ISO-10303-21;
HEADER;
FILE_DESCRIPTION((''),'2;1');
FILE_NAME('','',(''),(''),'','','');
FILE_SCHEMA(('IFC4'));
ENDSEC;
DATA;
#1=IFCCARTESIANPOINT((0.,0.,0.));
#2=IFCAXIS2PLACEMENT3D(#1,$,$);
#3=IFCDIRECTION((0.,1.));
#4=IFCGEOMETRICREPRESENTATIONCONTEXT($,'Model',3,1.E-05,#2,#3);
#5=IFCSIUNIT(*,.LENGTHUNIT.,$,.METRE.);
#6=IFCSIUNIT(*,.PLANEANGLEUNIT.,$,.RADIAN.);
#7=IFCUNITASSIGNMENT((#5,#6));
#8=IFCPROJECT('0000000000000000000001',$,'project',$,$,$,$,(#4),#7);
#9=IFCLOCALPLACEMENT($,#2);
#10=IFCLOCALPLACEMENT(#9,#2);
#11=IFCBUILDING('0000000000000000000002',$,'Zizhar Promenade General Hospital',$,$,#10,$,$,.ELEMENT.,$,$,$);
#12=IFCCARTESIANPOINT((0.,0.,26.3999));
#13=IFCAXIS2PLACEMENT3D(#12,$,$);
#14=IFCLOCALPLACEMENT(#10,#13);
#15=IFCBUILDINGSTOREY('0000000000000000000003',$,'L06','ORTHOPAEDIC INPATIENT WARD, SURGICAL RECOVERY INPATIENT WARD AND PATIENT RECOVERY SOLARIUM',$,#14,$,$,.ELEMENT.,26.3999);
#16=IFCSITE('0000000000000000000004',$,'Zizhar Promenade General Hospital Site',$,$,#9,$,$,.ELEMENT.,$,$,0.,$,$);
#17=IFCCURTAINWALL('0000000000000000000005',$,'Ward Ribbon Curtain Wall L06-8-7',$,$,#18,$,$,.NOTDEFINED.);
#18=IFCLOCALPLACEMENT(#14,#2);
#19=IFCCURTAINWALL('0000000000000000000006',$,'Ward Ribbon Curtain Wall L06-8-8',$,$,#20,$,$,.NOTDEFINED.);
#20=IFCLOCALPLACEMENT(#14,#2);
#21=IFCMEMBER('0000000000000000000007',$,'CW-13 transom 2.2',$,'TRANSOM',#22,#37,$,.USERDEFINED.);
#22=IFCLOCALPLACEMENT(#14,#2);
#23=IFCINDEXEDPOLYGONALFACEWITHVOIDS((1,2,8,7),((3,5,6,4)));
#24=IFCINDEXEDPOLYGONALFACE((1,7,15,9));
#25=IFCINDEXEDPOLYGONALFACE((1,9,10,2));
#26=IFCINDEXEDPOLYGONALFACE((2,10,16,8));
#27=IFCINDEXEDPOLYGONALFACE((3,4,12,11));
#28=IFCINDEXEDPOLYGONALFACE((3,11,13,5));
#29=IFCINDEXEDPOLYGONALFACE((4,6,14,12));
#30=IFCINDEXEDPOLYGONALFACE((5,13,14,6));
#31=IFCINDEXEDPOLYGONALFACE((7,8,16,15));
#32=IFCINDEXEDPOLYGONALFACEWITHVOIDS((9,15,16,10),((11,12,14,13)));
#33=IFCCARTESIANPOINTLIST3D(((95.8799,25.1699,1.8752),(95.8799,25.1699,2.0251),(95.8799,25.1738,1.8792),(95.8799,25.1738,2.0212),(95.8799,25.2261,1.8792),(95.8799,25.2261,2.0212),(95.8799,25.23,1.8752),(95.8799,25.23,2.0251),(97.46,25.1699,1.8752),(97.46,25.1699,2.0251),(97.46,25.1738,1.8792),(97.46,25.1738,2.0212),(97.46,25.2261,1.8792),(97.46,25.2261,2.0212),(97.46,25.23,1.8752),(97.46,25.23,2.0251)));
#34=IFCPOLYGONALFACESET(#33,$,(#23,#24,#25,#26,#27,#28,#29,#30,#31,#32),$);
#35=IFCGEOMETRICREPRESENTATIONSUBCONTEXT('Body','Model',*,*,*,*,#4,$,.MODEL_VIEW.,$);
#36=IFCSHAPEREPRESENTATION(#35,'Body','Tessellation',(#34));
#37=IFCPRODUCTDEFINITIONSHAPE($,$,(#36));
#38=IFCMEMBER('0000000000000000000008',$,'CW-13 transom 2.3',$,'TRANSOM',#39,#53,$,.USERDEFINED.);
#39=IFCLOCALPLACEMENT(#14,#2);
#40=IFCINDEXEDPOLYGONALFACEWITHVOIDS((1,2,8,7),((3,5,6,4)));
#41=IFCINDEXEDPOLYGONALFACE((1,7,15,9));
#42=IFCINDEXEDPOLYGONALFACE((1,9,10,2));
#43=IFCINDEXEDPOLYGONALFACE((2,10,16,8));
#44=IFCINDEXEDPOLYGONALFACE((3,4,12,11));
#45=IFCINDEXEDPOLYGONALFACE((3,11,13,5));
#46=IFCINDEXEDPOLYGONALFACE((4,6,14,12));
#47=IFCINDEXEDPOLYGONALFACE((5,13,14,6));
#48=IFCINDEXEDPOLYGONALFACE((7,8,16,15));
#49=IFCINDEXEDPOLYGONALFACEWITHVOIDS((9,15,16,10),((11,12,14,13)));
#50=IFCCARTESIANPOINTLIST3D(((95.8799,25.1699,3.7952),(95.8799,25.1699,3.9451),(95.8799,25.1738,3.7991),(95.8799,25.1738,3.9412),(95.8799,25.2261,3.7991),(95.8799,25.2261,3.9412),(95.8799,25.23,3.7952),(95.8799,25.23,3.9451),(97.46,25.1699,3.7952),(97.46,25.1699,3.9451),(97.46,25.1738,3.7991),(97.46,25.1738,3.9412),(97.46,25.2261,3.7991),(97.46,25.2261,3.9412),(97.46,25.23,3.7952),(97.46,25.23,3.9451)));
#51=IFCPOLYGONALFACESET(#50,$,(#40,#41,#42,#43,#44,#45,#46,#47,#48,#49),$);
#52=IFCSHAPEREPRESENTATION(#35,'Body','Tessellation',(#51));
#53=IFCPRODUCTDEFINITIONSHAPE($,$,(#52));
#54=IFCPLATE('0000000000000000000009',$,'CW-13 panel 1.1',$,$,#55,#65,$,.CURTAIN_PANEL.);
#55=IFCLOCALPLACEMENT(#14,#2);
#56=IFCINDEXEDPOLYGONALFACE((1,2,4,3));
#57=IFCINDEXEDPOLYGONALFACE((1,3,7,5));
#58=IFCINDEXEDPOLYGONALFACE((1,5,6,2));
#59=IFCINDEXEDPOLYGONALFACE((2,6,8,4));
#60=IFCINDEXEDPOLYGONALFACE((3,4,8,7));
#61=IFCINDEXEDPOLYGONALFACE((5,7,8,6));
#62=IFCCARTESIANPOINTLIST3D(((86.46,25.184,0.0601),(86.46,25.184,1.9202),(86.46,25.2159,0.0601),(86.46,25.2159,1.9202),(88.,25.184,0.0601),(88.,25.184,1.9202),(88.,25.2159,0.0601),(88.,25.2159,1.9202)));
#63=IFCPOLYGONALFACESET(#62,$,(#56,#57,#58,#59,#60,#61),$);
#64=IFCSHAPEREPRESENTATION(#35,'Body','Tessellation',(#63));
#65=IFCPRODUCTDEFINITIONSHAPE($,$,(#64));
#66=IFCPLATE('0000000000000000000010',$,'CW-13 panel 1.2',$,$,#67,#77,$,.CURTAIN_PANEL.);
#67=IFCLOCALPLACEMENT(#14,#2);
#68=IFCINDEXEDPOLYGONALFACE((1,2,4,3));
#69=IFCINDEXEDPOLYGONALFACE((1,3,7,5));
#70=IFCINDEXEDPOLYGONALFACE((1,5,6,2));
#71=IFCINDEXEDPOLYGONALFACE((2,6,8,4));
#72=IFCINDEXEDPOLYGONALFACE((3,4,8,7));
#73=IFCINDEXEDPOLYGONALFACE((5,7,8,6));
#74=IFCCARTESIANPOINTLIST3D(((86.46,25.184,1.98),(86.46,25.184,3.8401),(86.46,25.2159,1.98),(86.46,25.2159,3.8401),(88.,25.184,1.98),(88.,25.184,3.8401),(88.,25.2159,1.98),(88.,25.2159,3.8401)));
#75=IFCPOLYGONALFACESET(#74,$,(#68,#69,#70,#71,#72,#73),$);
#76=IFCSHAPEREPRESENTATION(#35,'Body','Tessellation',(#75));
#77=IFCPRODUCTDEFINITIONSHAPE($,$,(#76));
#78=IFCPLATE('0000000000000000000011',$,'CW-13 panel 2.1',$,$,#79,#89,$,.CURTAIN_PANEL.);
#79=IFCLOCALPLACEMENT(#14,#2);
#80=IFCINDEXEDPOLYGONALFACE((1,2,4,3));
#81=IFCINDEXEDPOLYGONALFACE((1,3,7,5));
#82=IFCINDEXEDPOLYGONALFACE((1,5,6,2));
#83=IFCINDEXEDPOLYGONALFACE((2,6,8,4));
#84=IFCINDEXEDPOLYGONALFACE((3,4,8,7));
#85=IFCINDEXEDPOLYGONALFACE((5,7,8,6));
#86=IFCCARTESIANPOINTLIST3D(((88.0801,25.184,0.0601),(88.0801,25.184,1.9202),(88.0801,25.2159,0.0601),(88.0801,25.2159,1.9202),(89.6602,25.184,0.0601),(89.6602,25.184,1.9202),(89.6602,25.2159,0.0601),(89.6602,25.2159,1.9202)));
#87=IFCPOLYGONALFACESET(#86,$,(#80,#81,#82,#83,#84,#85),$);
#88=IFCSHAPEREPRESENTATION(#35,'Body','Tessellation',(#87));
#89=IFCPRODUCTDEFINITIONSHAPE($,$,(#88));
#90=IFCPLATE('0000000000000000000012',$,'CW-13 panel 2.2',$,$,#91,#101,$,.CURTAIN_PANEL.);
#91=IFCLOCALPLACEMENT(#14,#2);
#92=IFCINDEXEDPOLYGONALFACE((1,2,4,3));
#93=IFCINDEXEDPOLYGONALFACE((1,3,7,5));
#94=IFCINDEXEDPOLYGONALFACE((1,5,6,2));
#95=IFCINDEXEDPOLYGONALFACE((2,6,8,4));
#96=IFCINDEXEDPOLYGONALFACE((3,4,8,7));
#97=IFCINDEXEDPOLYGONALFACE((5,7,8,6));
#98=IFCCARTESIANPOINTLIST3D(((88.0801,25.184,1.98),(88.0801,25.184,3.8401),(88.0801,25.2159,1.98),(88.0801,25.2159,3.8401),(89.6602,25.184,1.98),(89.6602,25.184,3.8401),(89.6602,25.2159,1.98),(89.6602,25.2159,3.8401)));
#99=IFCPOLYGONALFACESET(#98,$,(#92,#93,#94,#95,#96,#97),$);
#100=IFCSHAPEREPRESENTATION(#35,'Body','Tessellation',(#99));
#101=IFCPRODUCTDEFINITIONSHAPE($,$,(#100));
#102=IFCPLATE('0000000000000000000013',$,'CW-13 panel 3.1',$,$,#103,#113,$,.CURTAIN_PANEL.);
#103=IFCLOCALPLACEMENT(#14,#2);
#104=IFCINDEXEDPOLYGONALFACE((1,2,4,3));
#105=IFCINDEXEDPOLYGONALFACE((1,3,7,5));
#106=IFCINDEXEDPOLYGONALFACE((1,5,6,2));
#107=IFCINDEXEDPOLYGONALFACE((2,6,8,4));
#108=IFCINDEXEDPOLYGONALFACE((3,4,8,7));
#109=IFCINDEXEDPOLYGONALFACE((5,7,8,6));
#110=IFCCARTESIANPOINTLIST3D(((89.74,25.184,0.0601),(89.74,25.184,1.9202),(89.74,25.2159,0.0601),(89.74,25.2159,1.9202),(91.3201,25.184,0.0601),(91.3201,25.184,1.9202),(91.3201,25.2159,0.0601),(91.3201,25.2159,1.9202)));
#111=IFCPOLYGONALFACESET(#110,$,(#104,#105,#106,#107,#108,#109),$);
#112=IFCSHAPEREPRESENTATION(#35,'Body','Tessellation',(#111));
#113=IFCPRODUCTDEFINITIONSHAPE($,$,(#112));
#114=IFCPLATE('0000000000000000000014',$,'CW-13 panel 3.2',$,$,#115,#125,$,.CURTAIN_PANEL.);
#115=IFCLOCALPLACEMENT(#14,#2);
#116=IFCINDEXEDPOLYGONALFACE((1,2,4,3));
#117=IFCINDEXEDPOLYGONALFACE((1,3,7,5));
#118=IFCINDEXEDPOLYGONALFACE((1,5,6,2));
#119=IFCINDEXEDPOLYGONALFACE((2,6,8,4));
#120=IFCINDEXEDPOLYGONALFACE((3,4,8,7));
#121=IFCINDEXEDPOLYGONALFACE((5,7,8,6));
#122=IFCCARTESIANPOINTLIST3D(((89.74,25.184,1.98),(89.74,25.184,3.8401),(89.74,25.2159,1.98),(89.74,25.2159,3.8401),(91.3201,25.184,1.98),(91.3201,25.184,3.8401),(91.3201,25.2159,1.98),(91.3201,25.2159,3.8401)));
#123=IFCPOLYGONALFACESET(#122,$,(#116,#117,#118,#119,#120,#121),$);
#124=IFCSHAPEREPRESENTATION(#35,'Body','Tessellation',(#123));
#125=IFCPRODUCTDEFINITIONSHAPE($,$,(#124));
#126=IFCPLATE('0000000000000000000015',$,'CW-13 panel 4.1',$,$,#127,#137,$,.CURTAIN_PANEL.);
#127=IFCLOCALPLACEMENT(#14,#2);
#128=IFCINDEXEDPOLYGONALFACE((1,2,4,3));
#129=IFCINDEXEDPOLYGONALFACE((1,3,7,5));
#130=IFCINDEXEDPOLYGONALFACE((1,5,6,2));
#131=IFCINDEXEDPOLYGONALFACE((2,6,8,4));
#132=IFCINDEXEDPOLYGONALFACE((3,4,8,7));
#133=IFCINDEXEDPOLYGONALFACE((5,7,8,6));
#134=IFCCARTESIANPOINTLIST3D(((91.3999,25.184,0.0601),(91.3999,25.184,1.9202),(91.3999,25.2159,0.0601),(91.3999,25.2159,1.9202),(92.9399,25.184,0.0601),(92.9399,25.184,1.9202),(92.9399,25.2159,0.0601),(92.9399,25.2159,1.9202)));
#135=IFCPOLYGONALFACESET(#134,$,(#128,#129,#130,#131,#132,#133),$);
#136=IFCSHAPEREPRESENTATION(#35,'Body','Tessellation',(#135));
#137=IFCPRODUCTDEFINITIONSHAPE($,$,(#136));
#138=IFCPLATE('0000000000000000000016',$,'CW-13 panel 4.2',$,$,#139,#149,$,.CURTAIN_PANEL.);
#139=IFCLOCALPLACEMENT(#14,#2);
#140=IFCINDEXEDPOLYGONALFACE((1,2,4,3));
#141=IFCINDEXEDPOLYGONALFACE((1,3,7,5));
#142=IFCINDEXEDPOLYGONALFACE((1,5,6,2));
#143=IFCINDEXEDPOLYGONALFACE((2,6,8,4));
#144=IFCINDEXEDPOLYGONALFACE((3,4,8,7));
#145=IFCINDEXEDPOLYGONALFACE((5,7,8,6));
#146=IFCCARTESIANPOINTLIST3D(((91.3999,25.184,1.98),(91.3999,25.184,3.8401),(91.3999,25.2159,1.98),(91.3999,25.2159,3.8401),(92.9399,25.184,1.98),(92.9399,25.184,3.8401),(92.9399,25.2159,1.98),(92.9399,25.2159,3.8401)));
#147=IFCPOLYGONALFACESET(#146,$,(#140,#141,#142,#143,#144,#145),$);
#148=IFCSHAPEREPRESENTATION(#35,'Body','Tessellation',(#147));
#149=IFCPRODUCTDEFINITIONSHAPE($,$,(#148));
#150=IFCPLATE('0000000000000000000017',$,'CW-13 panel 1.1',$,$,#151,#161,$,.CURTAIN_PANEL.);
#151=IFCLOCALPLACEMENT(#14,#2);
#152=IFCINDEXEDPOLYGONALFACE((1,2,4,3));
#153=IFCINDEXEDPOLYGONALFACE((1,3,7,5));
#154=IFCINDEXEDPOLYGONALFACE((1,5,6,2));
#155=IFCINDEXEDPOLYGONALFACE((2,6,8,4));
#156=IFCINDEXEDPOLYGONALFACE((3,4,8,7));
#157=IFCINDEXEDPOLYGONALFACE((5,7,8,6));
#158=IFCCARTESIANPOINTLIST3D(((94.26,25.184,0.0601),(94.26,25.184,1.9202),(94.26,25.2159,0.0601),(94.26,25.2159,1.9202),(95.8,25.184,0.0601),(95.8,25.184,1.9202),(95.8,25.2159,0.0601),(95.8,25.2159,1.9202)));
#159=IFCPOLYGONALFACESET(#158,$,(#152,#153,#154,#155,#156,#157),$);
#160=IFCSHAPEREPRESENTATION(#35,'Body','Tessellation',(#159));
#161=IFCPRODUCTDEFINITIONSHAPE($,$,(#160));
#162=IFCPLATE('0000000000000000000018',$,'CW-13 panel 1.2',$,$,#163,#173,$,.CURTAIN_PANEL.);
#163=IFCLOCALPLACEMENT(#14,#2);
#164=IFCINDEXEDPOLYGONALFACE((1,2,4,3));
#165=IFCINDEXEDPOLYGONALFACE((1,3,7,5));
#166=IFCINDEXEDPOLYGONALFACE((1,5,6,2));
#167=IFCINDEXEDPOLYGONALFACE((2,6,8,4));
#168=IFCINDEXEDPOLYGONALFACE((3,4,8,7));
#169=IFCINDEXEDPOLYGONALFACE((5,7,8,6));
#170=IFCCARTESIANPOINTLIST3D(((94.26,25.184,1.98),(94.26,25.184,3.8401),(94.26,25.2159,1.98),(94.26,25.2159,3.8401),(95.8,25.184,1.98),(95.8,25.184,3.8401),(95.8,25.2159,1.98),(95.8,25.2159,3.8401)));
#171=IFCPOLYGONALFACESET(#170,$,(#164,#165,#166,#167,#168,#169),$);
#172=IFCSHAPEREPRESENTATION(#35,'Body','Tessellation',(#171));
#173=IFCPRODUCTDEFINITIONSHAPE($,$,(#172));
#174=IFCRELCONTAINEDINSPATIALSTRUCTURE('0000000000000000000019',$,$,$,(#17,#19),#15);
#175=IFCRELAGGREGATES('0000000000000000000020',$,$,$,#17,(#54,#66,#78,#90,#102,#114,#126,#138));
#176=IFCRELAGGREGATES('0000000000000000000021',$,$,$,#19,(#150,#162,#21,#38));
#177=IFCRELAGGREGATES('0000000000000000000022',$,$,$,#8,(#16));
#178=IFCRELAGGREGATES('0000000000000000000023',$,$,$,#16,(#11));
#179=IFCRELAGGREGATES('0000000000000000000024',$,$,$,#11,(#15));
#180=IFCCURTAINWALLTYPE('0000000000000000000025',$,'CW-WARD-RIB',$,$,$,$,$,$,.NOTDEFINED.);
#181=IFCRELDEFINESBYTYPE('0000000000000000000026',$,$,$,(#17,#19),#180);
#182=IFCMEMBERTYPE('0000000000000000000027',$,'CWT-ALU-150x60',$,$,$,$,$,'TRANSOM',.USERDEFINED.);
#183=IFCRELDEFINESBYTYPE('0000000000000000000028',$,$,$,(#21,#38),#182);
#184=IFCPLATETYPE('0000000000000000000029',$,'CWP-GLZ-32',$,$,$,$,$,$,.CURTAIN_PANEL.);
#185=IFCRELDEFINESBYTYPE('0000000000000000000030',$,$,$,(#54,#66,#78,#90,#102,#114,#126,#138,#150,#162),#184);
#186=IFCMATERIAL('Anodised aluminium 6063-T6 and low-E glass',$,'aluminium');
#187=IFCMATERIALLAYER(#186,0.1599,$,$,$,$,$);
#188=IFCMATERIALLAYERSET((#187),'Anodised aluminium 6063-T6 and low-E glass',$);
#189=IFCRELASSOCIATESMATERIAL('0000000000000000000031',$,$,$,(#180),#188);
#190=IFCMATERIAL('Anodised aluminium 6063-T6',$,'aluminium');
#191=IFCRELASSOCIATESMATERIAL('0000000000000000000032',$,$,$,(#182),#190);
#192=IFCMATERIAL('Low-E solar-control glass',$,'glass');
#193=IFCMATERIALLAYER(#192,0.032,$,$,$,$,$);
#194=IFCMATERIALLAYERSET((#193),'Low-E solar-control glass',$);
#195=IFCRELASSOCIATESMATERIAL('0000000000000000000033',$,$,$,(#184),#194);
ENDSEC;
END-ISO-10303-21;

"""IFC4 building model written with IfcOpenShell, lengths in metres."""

from ifc_helpers import new_model, si_unit, direction, frame, origin, origin_2d, place, context, subcontext, project, spatial, rectangle, hollow_rectangle, extrude, material, layer, layer_set, material_profile, profile_set, type_object, element, aggregate, save


model = new_model("IFC4")

# Units and contexts
model_context = context("Model", 3, precision=1e-05, world=origin(), true_north=direction((0.0, 1.0)))
body_context = subcontext(model_context, "Body", "Model", "MODEL_VIEW")
ifc_project = project(units=[si_unit("LENGTHUNIT", "METRE"), si_unit("PLANEANGLEUNIT", "RADIAN")], contexts=[model_context])

# Site, building, storey
site_placement = place(None, origin())
site = spatial("IfcSite", under=ifc_project, at=site_placement, Name="Zizhar Promenade General Hospital Site", CompositionType="ELEMENT", RefElevation=0.0)
building_placement = place(site_placement, origin())
building = spatial("IfcBuilding", under=site, at=building_placement, Name="Zizhar Promenade General Hospital", CompositionType="ELEMENT")
storey_placement = place(building_placement, frame((0.0, 0.0, 26.3999)))
storey = spatial("IfcBuildingStorey", under=building, at=storey_placement, Name="L06", Description="ORTHOPAEDIC INPATIENT WARD, SURGICAL RECOVERY INPATIENT WARD AND PATIENT RECOVERY SOLARIUM", CompositionType="ELEMENT", Elevation=26.3999)

# Curtain walls
ifc_material_1 = material(Name="Anodised aluminium 6063-T6 and low-E glass", Category="aluminium")
ifc_layer_1 = layer(ifc_material_1, 0.1599)
ifc_layer_set_1 = layer_set([ifc_layer_1], Name="Anodised aluminium 6063-T6 and low-E glass")
curtain_wall_type = type_object("IfcCurtainWallType", Name="CW-WARD-RIB", PredefinedType="NOTDEFINED", material=ifc_layer_set_1)
curtain_wall_1_placement = place(storey_placement, origin())
curtain_wall_1 = element("IfcCurtainWall", 1, at=curtain_wall_1_placement, inside=storey, type_object=curtain_wall_type, Name="Ward Ribbon Curtain Wall L06-8-7", PredefinedType="NOTDEFINED")
curtain_wall_2_placement = place(storey_placement, origin())
curtain_wall_2 = element("IfcCurtainWall", 2, at=curtain_wall_2_placement, inside=storey, type_object=curtain_wall_type, Name="Ward Ribbon Curtain Wall L06-8-8", PredefinedType="NOTDEFINED")

# Members
ifc_material_2 = material(Name="Anodised aluminium 6063-T6", Category="aluminium")
ifc_material_profile_1 = material_profile(ifc_material_2, hollow_rectangle(XDim=0.0601, YDim=0.1499, WallThickness=0.0039, at=origin_2d()))
ifc_profile_set_1 = profile_set([ifc_material_profile_1], Name="Anodised aluminium 6063-T6")
member_type_1 = type_object("IfcMemberType", Name="CWT-ALU-150x60", ElementType="TRANSOM", PredefinedType="USERDEFINED", material=ifc_profile_set_1)
member_1_placement = place(storey_placement, frame((95.8799, 25.2, 1.9502), z_axis=(1.0, 0.0, 0.0), x_axis=(0.0, 1.0, 0.0)))
member_1 = element("IfcMember", 3, at=member_1_placement, type_object=member_type_1, Name="CW-13 transom 2.2", ObjectType="TRANSOM", PredefinedType="USERDEFINED", context=body_context, shape_type="SweptSolid", body=[
    extrude(hollow_rectangle(XDim=0.0601, YDim=0.1499, WallThickness=0.0039, at=origin_2d()), origin(), (0.0, 0.0, 1.0), 1.5801),
])
member_2_placement = place(storey_placement, frame((95.8799, 25.2, 3.8701), z_axis=(1.0, 0.0, 0.0), x_axis=(0.0, 1.0, 0.0)))
member_2 = element("IfcMember", 4, at=member_2_placement, type_object=member_type_1, Name="CW-13 transom 2.3", ObjectType="TRANSOM", PredefinedType="USERDEFINED", context=body_context, shape_type="SweptSolid", body=[
    extrude(hollow_rectangle(XDim=0.0601, YDim=0.1499, WallThickness=0.0039, at=origin_2d()), origin(), (0.0, 0.0, 1.0), 1.5801),
])

# Plates
ifc_material_3 = material(Name="Low-E solar-control glass", Category="glass")
ifc_layer_2 = layer(ifc_material_3, 0.032)
ifc_layer_set_2 = layer_set([ifc_layer_2], Name="Low-E solar-control glass")
plate_type = type_object("IfcPlateType", Name="CWP-GLZ-32", PredefinedType="CURTAIN_PANEL", material=ifc_layer_set_2)
plate_1_placement = place(storey_placement, frame((87.23, 25.2, 0.0601), z_axis=(0.0, 0.0, 1.0), x_axis=(1.0, 0.0, 0.0)))
plate_1 = element("IfcPlate", 5, at=plate_1_placement, type_object=plate_type, Name="CW-13 panel 1.1", PredefinedType="CURTAIN_PANEL", context=body_context, shape_type="SweptSolid", body=[
    extrude(rectangle(XDim=1.54, YDim=0.032, at=origin_2d()), origin(), (0.0, 0.0, 1.0), 1.8601),
])
plate_2_placement = place(storey_placement, frame((87.23, 25.2, 1.98), z_axis=(0.0, 0.0, 1.0), x_axis=(1.0, 0.0, 0.0)))
plate_2 = element("IfcPlate", 6, at=plate_2_placement, type_object=plate_type, Name="CW-13 panel 1.2", PredefinedType="CURTAIN_PANEL", context=body_context, shape_type="SweptSolid", body=[
    extrude(rectangle(XDim=1.54, YDim=0.032, at=origin_2d()), origin(), (0.0, 0.0, 1.0), 1.8601),
])
plate_3_placement = place(storey_placement, frame((88.8701, 25.2, 0.0601), z_axis=(0.0, 0.0, 1.0), x_axis=(1.0, 0.0, 0.0)))
plate_3 = element("IfcPlate", 7, at=plate_3_placement, type_object=plate_type, Name="CW-13 panel 2.1", PredefinedType="CURTAIN_PANEL", context=body_context, shape_type="SweptSolid", body=[
    extrude(rectangle(XDim=1.5801, YDim=0.032, at=origin_2d()), origin(), (0.0, 0.0, 1.0), 1.8601),
])
plate_4_placement = place(storey_placement, frame((88.8701, 25.2, 1.98), z_axis=(0.0, 0.0, 1.0), x_axis=(1.0, 0.0, 0.0)))
plate_4 = element("IfcPlate", 8, at=plate_4_placement, type_object=plate_type, Name="CW-13 panel 2.2", PredefinedType="CURTAIN_PANEL", context=body_context, shape_type="SweptSolid", body=[
    extrude(rectangle(XDim=1.5801, YDim=0.032, at=origin_2d()), origin(), (0.0, 0.0, 1.0), 1.8601),
])
plate_5_placement = place(storey_placement, frame((90.53, 25.2, 0.0601), z_axis=(0.0, 0.0, 1.0), x_axis=(1.0, 0.0, 0.0)))
plate_5 = element("IfcPlate", 9, at=plate_5_placement, type_object=plate_type, Name="CW-13 panel 3.1", PredefinedType="CURTAIN_PANEL", context=body_context, shape_type="SweptSolid", body=[
    extrude(rectangle(XDim=1.5801, YDim=0.032, at=origin_2d()), origin(), (0.0, 0.0, 1.0), 1.8601),
])
plate_6_placement = place(storey_placement, frame((90.53, 25.2, 1.98), z_axis=(0.0, 0.0, 1.0), x_axis=(1.0, 0.0, 0.0)))
plate_6 = element("IfcPlate", 10, at=plate_6_placement, type_object=plate_type, Name="CW-13 panel 3.2", PredefinedType="CURTAIN_PANEL", context=body_context, shape_type="SweptSolid", body=[
    extrude(rectangle(XDim=1.5801, YDim=0.032, at=origin_2d()), origin(), (0.0, 0.0, 1.0), 1.8601),
])
plate_7_placement = place(storey_placement, frame((92.1699, 25.2, 0.0601), z_axis=(0.0, 0.0, 1.0), x_axis=(1.0, 0.0, 0.0)))
plate_7 = element("IfcPlate", 11, at=plate_7_placement, type_object=plate_type, Name="CW-13 panel 4.1", PredefinedType="CURTAIN_PANEL", context=body_context, shape_type="SweptSolid", body=[
    extrude(rectangle(XDim=1.54, YDim=0.032, at=origin_2d()), origin(), (0.0, 0.0, 1.0), 1.8601),
])
plate_8_placement = place(storey_placement, frame((92.1699, 25.2, 1.98), z_axis=(0.0, 0.0, 1.0), x_axis=(1.0, 0.0, 0.0)))
plate_8 = element("IfcPlate", 12, at=plate_8_placement, type_object=plate_type, Name="CW-13 panel 4.2", PredefinedType="CURTAIN_PANEL", context=body_context, shape_type="SweptSolid", body=[
    extrude(rectangle(XDim=1.54, YDim=0.032, at=origin_2d()), origin(), (0.0, 0.0, 1.0), 1.8601),
])
aggregate(curtain_wall_1, [plate_1, plate_2, plate_3, plate_4, plate_5, plate_6, plate_7, plate_8])
plate_9_placement = place(storey_placement, frame((95.03, 25.2, 0.0601), z_axis=(0.0, 0.0, 1.0), x_axis=(1.0, 0.0, 0.0)))
plate_9 = element("IfcPlate", 13, at=plate_9_placement, type_object=plate_type, Name="CW-13 panel 1.1", PredefinedType="CURTAIN_PANEL", context=body_context, shape_type="SweptSolid", body=[
    extrude(rectangle(XDim=1.54, YDim=0.032, at=origin_2d()), origin(), (0.0, 0.0, 1.0), 1.8601),
])
plate_10_placement = place(storey_placement, frame((95.03, 25.2, 1.98), z_axis=(0.0, 0.0, 1.0), x_axis=(1.0, 0.0, 0.0)))
plate_10 = element("IfcPlate", 14, at=plate_10_placement, type_object=plate_type, Name="CW-13 panel 1.2", PredefinedType="CURTAIN_PANEL", context=body_context, shape_type="SweptSolid", body=[
    extrude(rectangle(XDim=1.54, YDim=0.032, at=origin_2d()), origin(), (0.0, 0.0, 1.0), 1.8601),
])
aggregate(curtain_wall_2, [plate_9, plate_10, member_1, member_2])

save(model, "model.ifc")
